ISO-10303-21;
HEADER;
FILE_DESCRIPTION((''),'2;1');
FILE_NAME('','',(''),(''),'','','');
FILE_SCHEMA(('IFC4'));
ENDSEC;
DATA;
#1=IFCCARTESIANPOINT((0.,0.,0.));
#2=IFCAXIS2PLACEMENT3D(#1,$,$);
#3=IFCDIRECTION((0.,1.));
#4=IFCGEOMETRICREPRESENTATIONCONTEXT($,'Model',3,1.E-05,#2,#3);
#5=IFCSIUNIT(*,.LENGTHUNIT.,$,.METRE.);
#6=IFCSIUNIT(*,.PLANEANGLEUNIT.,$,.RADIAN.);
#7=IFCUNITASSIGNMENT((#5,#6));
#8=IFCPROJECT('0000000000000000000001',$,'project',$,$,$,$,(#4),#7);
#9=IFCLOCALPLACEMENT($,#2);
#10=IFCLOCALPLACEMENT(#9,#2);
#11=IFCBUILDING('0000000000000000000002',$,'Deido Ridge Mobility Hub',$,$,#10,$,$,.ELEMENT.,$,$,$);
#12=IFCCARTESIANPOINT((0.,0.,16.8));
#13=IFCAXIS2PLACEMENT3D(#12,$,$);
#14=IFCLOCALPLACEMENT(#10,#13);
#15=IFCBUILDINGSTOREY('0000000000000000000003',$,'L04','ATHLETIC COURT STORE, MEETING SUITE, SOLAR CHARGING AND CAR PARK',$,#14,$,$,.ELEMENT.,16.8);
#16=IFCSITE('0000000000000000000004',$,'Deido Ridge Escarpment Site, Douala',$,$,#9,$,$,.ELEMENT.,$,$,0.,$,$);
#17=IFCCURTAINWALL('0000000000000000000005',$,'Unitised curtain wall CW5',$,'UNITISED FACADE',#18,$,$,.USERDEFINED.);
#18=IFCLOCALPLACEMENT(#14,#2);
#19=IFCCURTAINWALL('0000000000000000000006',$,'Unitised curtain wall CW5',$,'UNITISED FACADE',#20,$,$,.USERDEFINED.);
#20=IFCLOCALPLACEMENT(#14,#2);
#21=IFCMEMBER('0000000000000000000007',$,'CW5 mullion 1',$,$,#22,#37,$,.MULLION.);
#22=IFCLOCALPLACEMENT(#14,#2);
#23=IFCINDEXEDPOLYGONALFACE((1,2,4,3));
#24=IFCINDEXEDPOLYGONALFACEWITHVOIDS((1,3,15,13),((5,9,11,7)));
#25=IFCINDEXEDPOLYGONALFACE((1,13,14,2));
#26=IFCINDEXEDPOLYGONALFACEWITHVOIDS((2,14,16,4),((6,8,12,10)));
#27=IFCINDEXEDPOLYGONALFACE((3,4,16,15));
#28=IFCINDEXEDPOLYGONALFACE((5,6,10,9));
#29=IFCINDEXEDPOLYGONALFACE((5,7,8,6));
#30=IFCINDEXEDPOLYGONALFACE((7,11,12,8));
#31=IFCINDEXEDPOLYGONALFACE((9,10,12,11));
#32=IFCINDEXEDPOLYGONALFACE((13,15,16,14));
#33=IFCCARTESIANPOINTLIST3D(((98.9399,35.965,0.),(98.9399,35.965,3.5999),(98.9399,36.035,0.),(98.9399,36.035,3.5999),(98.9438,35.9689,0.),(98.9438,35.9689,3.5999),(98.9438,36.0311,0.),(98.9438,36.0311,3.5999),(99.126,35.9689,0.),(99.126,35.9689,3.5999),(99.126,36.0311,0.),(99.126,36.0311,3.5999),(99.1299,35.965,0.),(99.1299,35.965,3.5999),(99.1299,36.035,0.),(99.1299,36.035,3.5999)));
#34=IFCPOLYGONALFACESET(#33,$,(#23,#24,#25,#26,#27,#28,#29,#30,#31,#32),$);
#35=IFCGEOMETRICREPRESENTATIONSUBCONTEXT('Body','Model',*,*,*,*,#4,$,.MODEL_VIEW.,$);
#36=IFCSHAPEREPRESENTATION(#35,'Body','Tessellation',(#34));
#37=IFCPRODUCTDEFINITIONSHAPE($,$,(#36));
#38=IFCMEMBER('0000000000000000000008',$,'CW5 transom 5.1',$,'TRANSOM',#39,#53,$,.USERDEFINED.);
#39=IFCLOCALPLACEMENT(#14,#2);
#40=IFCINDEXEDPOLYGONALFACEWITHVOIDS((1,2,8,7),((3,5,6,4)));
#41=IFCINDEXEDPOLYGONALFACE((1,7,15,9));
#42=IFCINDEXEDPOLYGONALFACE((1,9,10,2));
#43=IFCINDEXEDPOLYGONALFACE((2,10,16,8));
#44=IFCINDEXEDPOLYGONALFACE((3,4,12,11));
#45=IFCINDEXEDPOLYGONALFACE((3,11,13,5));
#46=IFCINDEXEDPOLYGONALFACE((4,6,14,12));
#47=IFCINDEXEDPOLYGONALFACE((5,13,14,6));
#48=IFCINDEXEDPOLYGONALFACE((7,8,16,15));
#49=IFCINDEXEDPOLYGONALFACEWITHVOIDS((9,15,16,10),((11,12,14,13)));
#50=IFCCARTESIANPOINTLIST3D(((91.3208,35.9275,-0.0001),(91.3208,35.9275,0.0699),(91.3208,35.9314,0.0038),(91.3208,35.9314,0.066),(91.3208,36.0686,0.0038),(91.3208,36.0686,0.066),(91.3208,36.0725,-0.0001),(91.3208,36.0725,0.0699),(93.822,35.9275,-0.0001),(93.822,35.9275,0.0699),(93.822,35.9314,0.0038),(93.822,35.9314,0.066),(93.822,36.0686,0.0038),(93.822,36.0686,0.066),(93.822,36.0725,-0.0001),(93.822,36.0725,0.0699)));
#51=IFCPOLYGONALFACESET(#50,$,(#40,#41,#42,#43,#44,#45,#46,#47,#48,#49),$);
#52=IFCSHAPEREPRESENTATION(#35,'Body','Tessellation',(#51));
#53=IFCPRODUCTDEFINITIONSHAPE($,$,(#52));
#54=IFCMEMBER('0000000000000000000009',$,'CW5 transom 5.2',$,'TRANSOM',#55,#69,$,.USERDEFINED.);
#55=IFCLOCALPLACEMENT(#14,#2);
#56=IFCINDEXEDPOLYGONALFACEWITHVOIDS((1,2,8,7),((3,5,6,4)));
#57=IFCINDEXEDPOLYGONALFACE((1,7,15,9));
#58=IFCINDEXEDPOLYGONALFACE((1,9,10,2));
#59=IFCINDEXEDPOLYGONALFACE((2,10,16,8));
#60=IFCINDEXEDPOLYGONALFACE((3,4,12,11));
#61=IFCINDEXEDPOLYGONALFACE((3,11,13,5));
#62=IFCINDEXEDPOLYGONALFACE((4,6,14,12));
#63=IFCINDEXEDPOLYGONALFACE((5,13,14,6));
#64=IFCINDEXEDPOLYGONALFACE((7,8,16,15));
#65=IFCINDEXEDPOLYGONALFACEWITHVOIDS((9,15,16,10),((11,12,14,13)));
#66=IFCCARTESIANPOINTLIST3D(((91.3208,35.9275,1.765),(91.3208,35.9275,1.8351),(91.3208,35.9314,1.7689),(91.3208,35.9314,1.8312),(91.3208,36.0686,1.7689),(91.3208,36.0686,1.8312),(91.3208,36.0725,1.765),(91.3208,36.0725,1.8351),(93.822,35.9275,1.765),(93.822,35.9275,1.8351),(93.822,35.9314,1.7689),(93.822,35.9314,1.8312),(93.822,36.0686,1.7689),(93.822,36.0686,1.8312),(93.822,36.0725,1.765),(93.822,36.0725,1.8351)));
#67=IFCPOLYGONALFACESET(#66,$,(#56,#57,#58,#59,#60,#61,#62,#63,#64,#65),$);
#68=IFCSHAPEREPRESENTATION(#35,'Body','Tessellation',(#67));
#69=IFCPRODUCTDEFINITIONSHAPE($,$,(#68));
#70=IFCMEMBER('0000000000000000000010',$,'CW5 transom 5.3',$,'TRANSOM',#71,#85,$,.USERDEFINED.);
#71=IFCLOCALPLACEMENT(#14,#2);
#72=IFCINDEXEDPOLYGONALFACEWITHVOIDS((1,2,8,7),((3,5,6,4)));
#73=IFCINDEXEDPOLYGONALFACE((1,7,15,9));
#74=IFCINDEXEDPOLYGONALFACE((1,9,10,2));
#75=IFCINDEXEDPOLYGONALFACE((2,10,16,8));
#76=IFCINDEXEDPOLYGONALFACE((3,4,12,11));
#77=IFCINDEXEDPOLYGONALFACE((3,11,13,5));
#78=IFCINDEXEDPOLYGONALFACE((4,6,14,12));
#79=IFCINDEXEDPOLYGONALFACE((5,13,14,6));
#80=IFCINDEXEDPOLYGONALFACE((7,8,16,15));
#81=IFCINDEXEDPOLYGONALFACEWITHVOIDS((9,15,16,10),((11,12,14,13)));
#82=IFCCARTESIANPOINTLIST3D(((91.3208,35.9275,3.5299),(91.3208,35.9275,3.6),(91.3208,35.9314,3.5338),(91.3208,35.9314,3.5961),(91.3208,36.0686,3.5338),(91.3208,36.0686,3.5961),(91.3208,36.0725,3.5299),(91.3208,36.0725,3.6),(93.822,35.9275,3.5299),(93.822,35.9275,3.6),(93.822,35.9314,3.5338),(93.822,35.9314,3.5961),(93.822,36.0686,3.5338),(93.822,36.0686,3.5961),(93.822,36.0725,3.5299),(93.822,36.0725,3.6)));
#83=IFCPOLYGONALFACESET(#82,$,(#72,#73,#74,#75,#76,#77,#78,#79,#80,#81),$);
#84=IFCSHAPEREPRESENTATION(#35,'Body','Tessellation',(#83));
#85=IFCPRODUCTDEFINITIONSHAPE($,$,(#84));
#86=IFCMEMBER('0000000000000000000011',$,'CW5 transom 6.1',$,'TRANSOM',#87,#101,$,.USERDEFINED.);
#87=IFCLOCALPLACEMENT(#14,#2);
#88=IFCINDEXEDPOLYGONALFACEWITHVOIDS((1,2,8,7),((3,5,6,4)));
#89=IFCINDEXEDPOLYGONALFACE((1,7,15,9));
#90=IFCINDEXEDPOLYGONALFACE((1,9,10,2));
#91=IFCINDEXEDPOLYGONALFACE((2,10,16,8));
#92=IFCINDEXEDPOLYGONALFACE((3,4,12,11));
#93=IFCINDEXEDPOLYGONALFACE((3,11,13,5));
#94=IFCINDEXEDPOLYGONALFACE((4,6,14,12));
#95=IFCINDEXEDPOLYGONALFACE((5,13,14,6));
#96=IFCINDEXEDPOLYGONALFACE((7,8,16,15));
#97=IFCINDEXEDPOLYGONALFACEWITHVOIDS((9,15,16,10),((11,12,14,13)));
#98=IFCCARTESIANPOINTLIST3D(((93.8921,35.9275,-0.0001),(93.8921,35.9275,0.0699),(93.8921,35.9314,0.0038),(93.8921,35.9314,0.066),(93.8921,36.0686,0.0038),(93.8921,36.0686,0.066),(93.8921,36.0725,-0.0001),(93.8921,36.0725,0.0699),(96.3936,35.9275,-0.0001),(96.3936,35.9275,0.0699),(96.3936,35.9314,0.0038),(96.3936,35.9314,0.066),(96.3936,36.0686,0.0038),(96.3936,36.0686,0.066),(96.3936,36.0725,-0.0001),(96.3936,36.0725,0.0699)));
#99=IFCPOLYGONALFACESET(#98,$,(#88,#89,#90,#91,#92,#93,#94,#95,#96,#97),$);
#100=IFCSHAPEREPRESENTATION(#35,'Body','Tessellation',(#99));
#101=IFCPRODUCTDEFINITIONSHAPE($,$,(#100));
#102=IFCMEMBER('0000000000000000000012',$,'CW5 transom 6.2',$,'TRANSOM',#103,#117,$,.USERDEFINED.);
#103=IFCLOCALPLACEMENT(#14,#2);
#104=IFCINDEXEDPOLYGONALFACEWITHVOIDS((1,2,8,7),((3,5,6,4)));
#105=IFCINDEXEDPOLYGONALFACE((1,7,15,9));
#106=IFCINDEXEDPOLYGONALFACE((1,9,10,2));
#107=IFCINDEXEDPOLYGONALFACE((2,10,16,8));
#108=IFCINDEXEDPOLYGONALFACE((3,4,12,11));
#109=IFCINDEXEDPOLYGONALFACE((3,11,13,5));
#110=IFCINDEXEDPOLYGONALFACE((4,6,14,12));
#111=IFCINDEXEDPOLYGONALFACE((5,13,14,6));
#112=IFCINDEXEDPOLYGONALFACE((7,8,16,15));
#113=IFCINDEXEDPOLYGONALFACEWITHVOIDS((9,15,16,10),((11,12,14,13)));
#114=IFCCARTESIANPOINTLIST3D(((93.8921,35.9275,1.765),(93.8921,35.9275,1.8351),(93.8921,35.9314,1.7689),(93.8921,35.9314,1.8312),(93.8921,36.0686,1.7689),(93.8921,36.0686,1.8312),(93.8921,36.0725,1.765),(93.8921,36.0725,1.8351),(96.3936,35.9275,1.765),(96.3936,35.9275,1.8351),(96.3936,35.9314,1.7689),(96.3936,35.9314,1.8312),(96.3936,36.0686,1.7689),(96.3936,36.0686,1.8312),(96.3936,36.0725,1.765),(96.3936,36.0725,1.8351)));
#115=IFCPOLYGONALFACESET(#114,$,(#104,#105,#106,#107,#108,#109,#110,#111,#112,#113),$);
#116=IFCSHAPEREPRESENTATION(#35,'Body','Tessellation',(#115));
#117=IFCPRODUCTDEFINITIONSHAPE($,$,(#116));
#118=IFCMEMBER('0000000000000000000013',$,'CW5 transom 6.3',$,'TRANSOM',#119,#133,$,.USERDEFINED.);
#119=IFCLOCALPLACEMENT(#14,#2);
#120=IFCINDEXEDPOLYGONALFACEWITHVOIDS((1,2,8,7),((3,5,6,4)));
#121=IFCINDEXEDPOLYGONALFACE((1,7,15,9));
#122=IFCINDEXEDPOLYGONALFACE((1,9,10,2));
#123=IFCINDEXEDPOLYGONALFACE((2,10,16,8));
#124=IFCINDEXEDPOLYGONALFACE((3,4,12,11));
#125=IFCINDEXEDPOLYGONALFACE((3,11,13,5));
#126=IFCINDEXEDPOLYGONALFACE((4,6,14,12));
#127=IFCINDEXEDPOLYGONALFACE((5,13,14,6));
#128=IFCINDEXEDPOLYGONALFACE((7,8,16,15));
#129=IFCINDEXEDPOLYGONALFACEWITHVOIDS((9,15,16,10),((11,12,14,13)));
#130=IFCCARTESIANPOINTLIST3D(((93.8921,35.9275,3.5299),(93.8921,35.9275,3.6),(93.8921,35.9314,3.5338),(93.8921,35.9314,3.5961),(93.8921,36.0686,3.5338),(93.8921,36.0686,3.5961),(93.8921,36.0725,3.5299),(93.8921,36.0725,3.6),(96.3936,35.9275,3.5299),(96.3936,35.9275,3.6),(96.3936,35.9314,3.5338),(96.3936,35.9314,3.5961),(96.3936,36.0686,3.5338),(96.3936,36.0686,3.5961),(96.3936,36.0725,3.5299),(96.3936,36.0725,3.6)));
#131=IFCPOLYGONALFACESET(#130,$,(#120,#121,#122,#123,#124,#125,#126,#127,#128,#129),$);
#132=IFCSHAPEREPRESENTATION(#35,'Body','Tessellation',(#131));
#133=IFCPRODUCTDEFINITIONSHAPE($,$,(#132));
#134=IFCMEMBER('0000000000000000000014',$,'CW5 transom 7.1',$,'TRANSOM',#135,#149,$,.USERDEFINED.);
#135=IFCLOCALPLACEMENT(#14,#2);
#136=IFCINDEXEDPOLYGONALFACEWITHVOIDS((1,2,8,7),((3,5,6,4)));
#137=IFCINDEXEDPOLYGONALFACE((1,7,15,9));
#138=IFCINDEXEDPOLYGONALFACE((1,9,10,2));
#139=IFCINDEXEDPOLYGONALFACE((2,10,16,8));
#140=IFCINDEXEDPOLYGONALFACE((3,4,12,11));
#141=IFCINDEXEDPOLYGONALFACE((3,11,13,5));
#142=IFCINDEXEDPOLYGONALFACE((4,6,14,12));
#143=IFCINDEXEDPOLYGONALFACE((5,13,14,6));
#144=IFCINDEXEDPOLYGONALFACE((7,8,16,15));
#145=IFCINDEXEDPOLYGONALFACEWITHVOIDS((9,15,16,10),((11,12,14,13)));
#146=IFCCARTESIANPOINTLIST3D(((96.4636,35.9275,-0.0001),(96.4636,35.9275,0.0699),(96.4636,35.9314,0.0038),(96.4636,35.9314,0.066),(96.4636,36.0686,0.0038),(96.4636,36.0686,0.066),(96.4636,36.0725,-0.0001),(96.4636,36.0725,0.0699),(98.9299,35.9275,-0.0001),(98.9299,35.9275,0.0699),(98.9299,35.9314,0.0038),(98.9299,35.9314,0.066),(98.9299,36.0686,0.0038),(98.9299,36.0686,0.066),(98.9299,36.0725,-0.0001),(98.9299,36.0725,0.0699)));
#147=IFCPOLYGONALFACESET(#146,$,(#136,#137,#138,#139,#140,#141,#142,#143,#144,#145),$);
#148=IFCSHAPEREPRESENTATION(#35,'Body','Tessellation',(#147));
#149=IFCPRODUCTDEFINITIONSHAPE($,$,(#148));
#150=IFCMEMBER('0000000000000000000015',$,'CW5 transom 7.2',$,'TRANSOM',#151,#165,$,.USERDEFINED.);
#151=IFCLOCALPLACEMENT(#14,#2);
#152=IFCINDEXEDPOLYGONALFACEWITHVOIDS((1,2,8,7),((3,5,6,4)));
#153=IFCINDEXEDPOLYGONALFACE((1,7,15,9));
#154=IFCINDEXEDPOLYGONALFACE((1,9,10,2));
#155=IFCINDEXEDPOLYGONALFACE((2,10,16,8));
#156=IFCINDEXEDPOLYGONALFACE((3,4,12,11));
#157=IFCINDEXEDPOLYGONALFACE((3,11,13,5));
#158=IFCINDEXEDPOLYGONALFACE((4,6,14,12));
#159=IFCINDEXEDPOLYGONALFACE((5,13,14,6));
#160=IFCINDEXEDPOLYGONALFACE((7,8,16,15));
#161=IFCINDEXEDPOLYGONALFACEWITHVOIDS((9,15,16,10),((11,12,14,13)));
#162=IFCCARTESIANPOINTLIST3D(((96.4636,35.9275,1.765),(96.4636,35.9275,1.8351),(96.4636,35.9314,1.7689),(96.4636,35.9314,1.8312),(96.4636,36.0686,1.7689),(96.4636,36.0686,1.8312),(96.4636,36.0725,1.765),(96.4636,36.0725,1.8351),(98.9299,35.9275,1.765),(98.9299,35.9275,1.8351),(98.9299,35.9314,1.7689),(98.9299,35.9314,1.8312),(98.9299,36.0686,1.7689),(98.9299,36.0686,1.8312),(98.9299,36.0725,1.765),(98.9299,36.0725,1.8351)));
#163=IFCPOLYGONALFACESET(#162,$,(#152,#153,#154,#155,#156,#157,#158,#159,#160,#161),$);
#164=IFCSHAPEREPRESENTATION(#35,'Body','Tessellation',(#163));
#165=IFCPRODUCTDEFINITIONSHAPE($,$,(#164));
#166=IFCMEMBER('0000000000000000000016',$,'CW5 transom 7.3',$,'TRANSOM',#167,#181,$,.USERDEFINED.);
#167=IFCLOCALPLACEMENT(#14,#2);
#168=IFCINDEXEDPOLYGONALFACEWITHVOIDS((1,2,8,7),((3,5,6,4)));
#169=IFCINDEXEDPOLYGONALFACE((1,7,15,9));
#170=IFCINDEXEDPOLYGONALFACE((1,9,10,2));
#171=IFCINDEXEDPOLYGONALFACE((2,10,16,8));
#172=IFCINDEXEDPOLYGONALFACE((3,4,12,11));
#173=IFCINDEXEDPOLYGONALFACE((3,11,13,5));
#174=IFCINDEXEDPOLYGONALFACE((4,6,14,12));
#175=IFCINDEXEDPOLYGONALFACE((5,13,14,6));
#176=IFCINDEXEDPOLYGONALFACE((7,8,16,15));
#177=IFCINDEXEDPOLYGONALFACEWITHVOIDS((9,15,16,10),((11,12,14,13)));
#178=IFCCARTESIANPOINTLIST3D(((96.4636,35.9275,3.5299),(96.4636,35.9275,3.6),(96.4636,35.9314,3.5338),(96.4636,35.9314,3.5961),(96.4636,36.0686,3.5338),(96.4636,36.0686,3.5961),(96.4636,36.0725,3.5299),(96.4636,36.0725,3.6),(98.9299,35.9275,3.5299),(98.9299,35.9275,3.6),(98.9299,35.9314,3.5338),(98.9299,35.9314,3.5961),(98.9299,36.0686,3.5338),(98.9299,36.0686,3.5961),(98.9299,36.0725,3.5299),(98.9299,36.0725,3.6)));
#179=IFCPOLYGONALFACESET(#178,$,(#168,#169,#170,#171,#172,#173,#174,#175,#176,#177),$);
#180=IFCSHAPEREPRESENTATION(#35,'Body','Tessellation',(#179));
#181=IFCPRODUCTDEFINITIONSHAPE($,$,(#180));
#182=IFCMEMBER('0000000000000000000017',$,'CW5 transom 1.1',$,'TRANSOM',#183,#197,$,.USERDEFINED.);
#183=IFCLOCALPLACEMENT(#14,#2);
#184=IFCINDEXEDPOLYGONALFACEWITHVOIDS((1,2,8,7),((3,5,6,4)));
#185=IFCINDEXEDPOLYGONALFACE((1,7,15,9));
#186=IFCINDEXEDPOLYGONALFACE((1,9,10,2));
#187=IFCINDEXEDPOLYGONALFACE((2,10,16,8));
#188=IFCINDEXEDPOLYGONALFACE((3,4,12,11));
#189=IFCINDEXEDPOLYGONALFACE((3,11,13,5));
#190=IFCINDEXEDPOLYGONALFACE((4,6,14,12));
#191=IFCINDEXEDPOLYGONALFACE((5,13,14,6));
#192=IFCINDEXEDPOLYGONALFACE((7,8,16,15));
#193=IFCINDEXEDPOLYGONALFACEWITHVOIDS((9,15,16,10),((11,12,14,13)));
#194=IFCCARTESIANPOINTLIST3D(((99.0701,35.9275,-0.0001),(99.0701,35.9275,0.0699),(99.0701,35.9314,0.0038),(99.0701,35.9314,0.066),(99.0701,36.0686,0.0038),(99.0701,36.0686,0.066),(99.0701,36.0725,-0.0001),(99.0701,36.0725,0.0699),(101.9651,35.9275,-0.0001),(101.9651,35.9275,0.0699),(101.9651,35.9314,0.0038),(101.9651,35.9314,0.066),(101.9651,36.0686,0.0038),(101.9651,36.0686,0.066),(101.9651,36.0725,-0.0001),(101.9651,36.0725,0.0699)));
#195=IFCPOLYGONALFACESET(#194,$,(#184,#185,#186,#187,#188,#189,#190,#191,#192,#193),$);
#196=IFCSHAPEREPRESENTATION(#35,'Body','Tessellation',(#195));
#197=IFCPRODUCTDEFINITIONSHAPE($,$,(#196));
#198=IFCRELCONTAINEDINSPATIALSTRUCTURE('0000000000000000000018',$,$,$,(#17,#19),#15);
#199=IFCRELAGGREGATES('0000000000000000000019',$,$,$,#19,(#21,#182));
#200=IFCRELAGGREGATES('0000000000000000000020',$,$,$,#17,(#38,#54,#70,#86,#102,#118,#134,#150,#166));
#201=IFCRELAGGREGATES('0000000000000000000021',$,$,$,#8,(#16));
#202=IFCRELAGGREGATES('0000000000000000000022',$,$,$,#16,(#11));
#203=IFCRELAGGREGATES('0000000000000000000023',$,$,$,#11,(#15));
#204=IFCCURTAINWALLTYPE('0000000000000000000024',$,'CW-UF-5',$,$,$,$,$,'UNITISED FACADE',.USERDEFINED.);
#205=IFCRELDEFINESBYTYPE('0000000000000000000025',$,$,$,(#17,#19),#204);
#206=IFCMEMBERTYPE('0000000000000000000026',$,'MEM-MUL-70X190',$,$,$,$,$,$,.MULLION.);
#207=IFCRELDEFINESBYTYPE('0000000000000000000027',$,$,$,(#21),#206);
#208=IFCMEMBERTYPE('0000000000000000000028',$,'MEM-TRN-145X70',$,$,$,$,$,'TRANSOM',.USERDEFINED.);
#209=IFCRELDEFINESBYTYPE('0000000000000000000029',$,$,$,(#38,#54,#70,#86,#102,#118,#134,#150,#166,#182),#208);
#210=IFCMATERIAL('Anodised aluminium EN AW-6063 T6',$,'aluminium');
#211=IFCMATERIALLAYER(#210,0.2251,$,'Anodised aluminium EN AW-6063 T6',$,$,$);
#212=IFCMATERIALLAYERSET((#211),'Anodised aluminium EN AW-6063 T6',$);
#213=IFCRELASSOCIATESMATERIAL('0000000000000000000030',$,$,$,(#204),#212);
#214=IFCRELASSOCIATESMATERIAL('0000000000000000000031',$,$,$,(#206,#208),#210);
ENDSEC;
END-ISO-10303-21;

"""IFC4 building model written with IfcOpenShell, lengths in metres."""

from ifc_helpers import new_model, si_unit, direction, frame, origin, origin_2d, place, context, subcontext, project, spatial, hollow_rectangle, extrude, material, layer, layer_set, material_profile, profile_set, type_object, element, aggregate, save


model = new_model("IFC4")

# Units and contexts
model_context = context("Model", 3, precision=1e-05, world=origin(), true_north=direction((0.0, 1.0)))
body_context = subcontext(model_context, "Body", "Model", "MODEL_VIEW")
ifc_project = project(units=[si_unit("LENGTHUNIT", "METRE"), si_unit("PLANEANGLEUNIT", "RADIAN")], contexts=[model_context])

# Site, building, storey
site_placement = place(None, origin())
site = spatial("IfcSite", under=ifc_project, at=site_placement, Name="Deido Ridge Escarpment Site, Douala", CompositionType="ELEMENT", RefElevation=0.0)
building_placement = place(site_placement, origin())
building = spatial("IfcBuilding", under=site, at=building_placement, Name="Deido Ridge Mobility Hub", CompositionType="ELEMENT")
storey_placement = place(building_placement, frame((0.0, 0.0, 16.8)))
storey = spatial("IfcBuildingStorey", under=building, at=storey_placement, Name="L04", Description="ATHLETIC COURT STORE, MEETING SUITE, SOLAR CHARGING AND CAR PARK", CompositionType="ELEMENT", Elevation=16.8)

# Curtain wall
ifc_material_1 = material(Name="Anodised aluminium EN AW-6063 T6", Category="aluminium")
ifc_layer_1 = layer(ifc_material_1, 0.2251, Name="Anodised aluminium EN AW-6063 T6")
ifc_layer_set_1 = layer_set([ifc_layer_1], Name="Anodised aluminium EN AW-6063 T6")
curtain_wall_type = type_object("IfcCurtainWallType", Name="CW-UF-5", ElementType="UNITISED FACADE", PredefinedType="USERDEFINED", material=ifc_layer_set_1)
curtain_wall_1_placement = place(storey_placement, origin())
curtain_wall_1 = element("IfcCurtainWall", 1, at=curtain_wall_1_placement, inside=storey, type_object=curtain_wall_type, Name="Unitised curtain wall CW5", ObjectType="UNITISED FACADE", PredefinedType="USERDEFINED")
ifc_material_profile_1 = material_profile(ifc_material_1, hollow_rectangle(XDim=0.0701, YDim=0.1899, WallThickness=0.0039, at=origin_2d()), Name="RHS 70x190x4")
ifc_profile_set_1 = profile_set([ifc_material_profile_1], Name="Anodised aluminium EN AW-6063 T6")
member_type_1 = type_object("IfcMemberType", Name="MEM-MUL-70X190", PredefinedType="MULLION", material=ifc_profile_set_1)

# Curtain wall, member
curtain_wall_2_placement = place(storey_placement, origin())
curtain_wall_2 = element("IfcCurtainWall", 2, at=curtain_wall_2_placement, inside=storey, type_object=curtain_wall_type, Name="Unitised curtain wall CW5", ObjectType="UNITISED FACADE", PredefinedType="USERDEFINED")
member_1_placement = place(storey_placement, frame((99.0349, 36.0, 0.0), z_axis=(0.0, 0.0, 1.0), x_axis=(0.0, 1.0, 0.0)))
member_1 = element("IfcMember", 3, at=member_1_placement, type_object=member_type_1, Name="CW5 mullion 1", PredefinedType="MULLION", context=body_context, shape_type="SweptSolid", body=[
    extrude(hollow_rectangle(XDim=0.0701, YDim=0.1899, WallThickness=0.0039, at=origin_2d()), origin(), (0.0, 0.0, 1.0), 3.5999),
])

# Members
ifc_material_profile_2 = material_profile(ifc_material_1, hollow_rectangle(XDim=0.145, YDim=0.0701, WallThickness=0.0039, at=origin_2d()), Name="RHS 145x70x4")
ifc_profile_set_2 = profile_set([ifc_material_profile_2], Name="Anodised aluminium EN AW-6063 T6")
member_type_2 = type_object("IfcMemberType", Name="MEM-TRN-145X70", ElementType="TRANSOM", PredefinedType="USERDEFINED", material=ifc_profile_set_2)
member_2_placement = place(storey_placement, frame((91.3208, 36.0, 0.0349), z_axis=(1.0, 0.0, 0.0), x_axis=(0.0, 1.0, 0.0)))
member_2 = element("IfcMember", 4, at=member_2_placement, type_object=member_type_2, Name="CW5 transom 5.1", ObjectType="TRANSOM", PredefinedType="USERDEFINED", context=body_context, shape_type="SweptSolid", body=[
    extrude(hollow_rectangle(XDim=0.145, YDim=0.0701, WallThickness=0.0039, at=origin_2d()), origin(), (0.0, 0.0, 1.0), 2.5012),
])
member_3_placement = place(storey_placement, frame((91.3208, 36.0, 1.8), z_axis=(1.0, 0.0, 0.0), x_axis=(0.0, 1.0, 0.0)))
member_3 = element("IfcMember", 5, at=member_3_placement, type_object=member_type_2, Name="CW5 transom 5.2", ObjectType="TRANSOM", PredefinedType="USERDEFINED", context=body_context, shape_type="SweptSolid", body=[
    extrude(hollow_rectangle(XDim=0.145, YDim=0.0701, WallThickness=0.0039, at=origin_2d()), origin(), (0.0, 0.0, 1.0), 2.5012),
])
member_4_placement = place(storey_placement, frame((91.3208, 36.0, 3.5649), z_axis=(1.0, 0.0, 0.0), x_axis=(0.0, 1.0, 0.0)))
member_4 = element("IfcMember", 6, at=member_4_placement, type_object=member_type_2, Name="CW5 transom 5.3", ObjectType="TRANSOM", PredefinedType="USERDEFINED", context=body_context, shape_type="SweptSolid", body=[
    extrude(hollow_rectangle(XDim=0.145, YDim=0.0701, WallThickness=0.0039, at=origin_2d()), origin(), (0.0, 0.0, 1.0), 2.5012),
])
member_5_placement = place(storey_placement, frame((93.8921, 36.0, 0.0349), z_axis=(1.0, 0.0, 0.0), x_axis=(0.0, 1.0, 0.0)))
member_5 = element("IfcMember", 7, at=member_5_placement, type_object=member_type_2, Name="CW5 transom 6.1", ObjectType="TRANSOM", PredefinedType="USERDEFINED", context=body_context, shape_type="SweptSolid", body=[
    extrude(hollow_rectangle(XDim=0.145, YDim=0.0701, WallThickness=0.0039, at=origin_2d()), origin(), (0.0, 0.0, 1.0), 2.5015),
])
member_6_placement = place(storey_placement, frame((93.8921, 36.0, 1.8), z_axis=(1.0, 0.0, 0.0), x_axis=(0.0, 1.0, 0.0)))
member_6 = element("IfcMember", 8, at=member_6_placement, type_object=member_type_2, Name="CW5 transom 6.2", ObjectType="TRANSOM", PredefinedType="USERDEFINED", context=body_context, shape_type="SweptSolid", body=[
    extrude(hollow_rectangle(XDim=0.145, YDim=0.0701, WallThickness=0.0039, at=origin_2d()), origin(), (0.0, 0.0, 1.0), 2.5015),
])
member_7_placement = place(storey_placement, frame((93.8921, 36.0, 3.5649), z_axis=(1.0, 0.0, 0.0), x_axis=(0.0, 1.0, 0.0)))
member_7 = element("IfcMember", 9, at=member_7_placement, type_object=member_type_2, Name="CW5 transom 6.3", ObjectType="TRANSOM", PredefinedType="USERDEFINED", context=body_context, shape_type="SweptSolid", body=[
    extrude(hollow_rectangle(XDim=0.145, YDim=0.0701, WallThickness=0.0039, at=origin_2d()), origin(), (0.0, 0.0, 1.0), 2.5015),
])
member_8_placement = place(storey_placement, frame((96.4636, 36.0, 0.0349), z_axis=(1.0, 0.0, 0.0), x_axis=(0.0, 1.0, 0.0)))
member_8 = element("IfcMember", 10, at=member_8_placement, type_object=member_type_2, Name="CW5 transom 7.1", ObjectType="TRANSOM", PredefinedType="USERDEFINED", context=body_context, shape_type="SweptSolid", body=[
    extrude(hollow_rectangle(XDim=0.145, YDim=0.0701, WallThickness=0.0039, at=origin_2d()), origin(), (0.0, 0.0, 1.0), 2.4663),
])
member_9_placement = place(storey_placement, frame((96.4636, 36.0, 1.8), z_axis=(1.0, 0.0, 0.0), x_axis=(0.0, 1.0, 0.0)))
member_9 = element("IfcMember", 11, at=member_9_placement, type_object=member_type_2, Name="CW5 transom 7.2", ObjectType="TRANSOM", PredefinedType="USERDEFINED", context=body_context, shape_type="SweptSolid", body=[
    extrude(hollow_rectangle(XDim=0.145, YDim=0.0701, WallThickness=0.0039, at=origin_2d()), origin(), (0.0, 0.0, 1.0), 2.4663),
])
member_10_placement = place(storey_placement, frame((96.4636, 36.0, 3.5649), z_axis=(1.0, 0.0, 0.0), x_axis=(0.0, 1.0, 0.0)))
member_10 = element("IfcMember", 12, at=member_10_placement, type_object=member_type_2, Name="CW5 transom 7.3", ObjectType="TRANSOM", PredefinedType="USERDEFINED", context=body_context, shape_type="SweptSolid", body=[
    extrude(hollow_rectangle(XDim=0.145, YDim=0.0701, WallThickness=0.0039, at=origin_2d()), origin(), (0.0, 0.0, 1.0), 2.4663),
])
member_11_placement = place(storey_placement, frame((99.0701, 36.0, 0.0349), z_axis=(1.0, 0.0, 0.0), x_axis=(0.0, 1.0, 0.0)))
member_11 = element("IfcMember", 13, at=member_11_placement, type_object=member_type_2, Name="CW5 transom 1.1", ObjectType="TRANSOM", PredefinedType="USERDEFINED", context=body_context, shape_type="SweptSolid", body=[
    extrude(hollow_rectangle(XDim=0.145, YDim=0.0701, WallThickness=0.0039, at=origin_2d()), origin(), (0.0, 0.0, 1.0), 2.895),
])
aggregate(curtain_wall_2, [member_1, member_11])

aggregate(curtain_wall_1, [member_2, member_3, member_4, member_5, member_6, member_7, member_8, member_9, member_10])

save(model, "model.ifc")
